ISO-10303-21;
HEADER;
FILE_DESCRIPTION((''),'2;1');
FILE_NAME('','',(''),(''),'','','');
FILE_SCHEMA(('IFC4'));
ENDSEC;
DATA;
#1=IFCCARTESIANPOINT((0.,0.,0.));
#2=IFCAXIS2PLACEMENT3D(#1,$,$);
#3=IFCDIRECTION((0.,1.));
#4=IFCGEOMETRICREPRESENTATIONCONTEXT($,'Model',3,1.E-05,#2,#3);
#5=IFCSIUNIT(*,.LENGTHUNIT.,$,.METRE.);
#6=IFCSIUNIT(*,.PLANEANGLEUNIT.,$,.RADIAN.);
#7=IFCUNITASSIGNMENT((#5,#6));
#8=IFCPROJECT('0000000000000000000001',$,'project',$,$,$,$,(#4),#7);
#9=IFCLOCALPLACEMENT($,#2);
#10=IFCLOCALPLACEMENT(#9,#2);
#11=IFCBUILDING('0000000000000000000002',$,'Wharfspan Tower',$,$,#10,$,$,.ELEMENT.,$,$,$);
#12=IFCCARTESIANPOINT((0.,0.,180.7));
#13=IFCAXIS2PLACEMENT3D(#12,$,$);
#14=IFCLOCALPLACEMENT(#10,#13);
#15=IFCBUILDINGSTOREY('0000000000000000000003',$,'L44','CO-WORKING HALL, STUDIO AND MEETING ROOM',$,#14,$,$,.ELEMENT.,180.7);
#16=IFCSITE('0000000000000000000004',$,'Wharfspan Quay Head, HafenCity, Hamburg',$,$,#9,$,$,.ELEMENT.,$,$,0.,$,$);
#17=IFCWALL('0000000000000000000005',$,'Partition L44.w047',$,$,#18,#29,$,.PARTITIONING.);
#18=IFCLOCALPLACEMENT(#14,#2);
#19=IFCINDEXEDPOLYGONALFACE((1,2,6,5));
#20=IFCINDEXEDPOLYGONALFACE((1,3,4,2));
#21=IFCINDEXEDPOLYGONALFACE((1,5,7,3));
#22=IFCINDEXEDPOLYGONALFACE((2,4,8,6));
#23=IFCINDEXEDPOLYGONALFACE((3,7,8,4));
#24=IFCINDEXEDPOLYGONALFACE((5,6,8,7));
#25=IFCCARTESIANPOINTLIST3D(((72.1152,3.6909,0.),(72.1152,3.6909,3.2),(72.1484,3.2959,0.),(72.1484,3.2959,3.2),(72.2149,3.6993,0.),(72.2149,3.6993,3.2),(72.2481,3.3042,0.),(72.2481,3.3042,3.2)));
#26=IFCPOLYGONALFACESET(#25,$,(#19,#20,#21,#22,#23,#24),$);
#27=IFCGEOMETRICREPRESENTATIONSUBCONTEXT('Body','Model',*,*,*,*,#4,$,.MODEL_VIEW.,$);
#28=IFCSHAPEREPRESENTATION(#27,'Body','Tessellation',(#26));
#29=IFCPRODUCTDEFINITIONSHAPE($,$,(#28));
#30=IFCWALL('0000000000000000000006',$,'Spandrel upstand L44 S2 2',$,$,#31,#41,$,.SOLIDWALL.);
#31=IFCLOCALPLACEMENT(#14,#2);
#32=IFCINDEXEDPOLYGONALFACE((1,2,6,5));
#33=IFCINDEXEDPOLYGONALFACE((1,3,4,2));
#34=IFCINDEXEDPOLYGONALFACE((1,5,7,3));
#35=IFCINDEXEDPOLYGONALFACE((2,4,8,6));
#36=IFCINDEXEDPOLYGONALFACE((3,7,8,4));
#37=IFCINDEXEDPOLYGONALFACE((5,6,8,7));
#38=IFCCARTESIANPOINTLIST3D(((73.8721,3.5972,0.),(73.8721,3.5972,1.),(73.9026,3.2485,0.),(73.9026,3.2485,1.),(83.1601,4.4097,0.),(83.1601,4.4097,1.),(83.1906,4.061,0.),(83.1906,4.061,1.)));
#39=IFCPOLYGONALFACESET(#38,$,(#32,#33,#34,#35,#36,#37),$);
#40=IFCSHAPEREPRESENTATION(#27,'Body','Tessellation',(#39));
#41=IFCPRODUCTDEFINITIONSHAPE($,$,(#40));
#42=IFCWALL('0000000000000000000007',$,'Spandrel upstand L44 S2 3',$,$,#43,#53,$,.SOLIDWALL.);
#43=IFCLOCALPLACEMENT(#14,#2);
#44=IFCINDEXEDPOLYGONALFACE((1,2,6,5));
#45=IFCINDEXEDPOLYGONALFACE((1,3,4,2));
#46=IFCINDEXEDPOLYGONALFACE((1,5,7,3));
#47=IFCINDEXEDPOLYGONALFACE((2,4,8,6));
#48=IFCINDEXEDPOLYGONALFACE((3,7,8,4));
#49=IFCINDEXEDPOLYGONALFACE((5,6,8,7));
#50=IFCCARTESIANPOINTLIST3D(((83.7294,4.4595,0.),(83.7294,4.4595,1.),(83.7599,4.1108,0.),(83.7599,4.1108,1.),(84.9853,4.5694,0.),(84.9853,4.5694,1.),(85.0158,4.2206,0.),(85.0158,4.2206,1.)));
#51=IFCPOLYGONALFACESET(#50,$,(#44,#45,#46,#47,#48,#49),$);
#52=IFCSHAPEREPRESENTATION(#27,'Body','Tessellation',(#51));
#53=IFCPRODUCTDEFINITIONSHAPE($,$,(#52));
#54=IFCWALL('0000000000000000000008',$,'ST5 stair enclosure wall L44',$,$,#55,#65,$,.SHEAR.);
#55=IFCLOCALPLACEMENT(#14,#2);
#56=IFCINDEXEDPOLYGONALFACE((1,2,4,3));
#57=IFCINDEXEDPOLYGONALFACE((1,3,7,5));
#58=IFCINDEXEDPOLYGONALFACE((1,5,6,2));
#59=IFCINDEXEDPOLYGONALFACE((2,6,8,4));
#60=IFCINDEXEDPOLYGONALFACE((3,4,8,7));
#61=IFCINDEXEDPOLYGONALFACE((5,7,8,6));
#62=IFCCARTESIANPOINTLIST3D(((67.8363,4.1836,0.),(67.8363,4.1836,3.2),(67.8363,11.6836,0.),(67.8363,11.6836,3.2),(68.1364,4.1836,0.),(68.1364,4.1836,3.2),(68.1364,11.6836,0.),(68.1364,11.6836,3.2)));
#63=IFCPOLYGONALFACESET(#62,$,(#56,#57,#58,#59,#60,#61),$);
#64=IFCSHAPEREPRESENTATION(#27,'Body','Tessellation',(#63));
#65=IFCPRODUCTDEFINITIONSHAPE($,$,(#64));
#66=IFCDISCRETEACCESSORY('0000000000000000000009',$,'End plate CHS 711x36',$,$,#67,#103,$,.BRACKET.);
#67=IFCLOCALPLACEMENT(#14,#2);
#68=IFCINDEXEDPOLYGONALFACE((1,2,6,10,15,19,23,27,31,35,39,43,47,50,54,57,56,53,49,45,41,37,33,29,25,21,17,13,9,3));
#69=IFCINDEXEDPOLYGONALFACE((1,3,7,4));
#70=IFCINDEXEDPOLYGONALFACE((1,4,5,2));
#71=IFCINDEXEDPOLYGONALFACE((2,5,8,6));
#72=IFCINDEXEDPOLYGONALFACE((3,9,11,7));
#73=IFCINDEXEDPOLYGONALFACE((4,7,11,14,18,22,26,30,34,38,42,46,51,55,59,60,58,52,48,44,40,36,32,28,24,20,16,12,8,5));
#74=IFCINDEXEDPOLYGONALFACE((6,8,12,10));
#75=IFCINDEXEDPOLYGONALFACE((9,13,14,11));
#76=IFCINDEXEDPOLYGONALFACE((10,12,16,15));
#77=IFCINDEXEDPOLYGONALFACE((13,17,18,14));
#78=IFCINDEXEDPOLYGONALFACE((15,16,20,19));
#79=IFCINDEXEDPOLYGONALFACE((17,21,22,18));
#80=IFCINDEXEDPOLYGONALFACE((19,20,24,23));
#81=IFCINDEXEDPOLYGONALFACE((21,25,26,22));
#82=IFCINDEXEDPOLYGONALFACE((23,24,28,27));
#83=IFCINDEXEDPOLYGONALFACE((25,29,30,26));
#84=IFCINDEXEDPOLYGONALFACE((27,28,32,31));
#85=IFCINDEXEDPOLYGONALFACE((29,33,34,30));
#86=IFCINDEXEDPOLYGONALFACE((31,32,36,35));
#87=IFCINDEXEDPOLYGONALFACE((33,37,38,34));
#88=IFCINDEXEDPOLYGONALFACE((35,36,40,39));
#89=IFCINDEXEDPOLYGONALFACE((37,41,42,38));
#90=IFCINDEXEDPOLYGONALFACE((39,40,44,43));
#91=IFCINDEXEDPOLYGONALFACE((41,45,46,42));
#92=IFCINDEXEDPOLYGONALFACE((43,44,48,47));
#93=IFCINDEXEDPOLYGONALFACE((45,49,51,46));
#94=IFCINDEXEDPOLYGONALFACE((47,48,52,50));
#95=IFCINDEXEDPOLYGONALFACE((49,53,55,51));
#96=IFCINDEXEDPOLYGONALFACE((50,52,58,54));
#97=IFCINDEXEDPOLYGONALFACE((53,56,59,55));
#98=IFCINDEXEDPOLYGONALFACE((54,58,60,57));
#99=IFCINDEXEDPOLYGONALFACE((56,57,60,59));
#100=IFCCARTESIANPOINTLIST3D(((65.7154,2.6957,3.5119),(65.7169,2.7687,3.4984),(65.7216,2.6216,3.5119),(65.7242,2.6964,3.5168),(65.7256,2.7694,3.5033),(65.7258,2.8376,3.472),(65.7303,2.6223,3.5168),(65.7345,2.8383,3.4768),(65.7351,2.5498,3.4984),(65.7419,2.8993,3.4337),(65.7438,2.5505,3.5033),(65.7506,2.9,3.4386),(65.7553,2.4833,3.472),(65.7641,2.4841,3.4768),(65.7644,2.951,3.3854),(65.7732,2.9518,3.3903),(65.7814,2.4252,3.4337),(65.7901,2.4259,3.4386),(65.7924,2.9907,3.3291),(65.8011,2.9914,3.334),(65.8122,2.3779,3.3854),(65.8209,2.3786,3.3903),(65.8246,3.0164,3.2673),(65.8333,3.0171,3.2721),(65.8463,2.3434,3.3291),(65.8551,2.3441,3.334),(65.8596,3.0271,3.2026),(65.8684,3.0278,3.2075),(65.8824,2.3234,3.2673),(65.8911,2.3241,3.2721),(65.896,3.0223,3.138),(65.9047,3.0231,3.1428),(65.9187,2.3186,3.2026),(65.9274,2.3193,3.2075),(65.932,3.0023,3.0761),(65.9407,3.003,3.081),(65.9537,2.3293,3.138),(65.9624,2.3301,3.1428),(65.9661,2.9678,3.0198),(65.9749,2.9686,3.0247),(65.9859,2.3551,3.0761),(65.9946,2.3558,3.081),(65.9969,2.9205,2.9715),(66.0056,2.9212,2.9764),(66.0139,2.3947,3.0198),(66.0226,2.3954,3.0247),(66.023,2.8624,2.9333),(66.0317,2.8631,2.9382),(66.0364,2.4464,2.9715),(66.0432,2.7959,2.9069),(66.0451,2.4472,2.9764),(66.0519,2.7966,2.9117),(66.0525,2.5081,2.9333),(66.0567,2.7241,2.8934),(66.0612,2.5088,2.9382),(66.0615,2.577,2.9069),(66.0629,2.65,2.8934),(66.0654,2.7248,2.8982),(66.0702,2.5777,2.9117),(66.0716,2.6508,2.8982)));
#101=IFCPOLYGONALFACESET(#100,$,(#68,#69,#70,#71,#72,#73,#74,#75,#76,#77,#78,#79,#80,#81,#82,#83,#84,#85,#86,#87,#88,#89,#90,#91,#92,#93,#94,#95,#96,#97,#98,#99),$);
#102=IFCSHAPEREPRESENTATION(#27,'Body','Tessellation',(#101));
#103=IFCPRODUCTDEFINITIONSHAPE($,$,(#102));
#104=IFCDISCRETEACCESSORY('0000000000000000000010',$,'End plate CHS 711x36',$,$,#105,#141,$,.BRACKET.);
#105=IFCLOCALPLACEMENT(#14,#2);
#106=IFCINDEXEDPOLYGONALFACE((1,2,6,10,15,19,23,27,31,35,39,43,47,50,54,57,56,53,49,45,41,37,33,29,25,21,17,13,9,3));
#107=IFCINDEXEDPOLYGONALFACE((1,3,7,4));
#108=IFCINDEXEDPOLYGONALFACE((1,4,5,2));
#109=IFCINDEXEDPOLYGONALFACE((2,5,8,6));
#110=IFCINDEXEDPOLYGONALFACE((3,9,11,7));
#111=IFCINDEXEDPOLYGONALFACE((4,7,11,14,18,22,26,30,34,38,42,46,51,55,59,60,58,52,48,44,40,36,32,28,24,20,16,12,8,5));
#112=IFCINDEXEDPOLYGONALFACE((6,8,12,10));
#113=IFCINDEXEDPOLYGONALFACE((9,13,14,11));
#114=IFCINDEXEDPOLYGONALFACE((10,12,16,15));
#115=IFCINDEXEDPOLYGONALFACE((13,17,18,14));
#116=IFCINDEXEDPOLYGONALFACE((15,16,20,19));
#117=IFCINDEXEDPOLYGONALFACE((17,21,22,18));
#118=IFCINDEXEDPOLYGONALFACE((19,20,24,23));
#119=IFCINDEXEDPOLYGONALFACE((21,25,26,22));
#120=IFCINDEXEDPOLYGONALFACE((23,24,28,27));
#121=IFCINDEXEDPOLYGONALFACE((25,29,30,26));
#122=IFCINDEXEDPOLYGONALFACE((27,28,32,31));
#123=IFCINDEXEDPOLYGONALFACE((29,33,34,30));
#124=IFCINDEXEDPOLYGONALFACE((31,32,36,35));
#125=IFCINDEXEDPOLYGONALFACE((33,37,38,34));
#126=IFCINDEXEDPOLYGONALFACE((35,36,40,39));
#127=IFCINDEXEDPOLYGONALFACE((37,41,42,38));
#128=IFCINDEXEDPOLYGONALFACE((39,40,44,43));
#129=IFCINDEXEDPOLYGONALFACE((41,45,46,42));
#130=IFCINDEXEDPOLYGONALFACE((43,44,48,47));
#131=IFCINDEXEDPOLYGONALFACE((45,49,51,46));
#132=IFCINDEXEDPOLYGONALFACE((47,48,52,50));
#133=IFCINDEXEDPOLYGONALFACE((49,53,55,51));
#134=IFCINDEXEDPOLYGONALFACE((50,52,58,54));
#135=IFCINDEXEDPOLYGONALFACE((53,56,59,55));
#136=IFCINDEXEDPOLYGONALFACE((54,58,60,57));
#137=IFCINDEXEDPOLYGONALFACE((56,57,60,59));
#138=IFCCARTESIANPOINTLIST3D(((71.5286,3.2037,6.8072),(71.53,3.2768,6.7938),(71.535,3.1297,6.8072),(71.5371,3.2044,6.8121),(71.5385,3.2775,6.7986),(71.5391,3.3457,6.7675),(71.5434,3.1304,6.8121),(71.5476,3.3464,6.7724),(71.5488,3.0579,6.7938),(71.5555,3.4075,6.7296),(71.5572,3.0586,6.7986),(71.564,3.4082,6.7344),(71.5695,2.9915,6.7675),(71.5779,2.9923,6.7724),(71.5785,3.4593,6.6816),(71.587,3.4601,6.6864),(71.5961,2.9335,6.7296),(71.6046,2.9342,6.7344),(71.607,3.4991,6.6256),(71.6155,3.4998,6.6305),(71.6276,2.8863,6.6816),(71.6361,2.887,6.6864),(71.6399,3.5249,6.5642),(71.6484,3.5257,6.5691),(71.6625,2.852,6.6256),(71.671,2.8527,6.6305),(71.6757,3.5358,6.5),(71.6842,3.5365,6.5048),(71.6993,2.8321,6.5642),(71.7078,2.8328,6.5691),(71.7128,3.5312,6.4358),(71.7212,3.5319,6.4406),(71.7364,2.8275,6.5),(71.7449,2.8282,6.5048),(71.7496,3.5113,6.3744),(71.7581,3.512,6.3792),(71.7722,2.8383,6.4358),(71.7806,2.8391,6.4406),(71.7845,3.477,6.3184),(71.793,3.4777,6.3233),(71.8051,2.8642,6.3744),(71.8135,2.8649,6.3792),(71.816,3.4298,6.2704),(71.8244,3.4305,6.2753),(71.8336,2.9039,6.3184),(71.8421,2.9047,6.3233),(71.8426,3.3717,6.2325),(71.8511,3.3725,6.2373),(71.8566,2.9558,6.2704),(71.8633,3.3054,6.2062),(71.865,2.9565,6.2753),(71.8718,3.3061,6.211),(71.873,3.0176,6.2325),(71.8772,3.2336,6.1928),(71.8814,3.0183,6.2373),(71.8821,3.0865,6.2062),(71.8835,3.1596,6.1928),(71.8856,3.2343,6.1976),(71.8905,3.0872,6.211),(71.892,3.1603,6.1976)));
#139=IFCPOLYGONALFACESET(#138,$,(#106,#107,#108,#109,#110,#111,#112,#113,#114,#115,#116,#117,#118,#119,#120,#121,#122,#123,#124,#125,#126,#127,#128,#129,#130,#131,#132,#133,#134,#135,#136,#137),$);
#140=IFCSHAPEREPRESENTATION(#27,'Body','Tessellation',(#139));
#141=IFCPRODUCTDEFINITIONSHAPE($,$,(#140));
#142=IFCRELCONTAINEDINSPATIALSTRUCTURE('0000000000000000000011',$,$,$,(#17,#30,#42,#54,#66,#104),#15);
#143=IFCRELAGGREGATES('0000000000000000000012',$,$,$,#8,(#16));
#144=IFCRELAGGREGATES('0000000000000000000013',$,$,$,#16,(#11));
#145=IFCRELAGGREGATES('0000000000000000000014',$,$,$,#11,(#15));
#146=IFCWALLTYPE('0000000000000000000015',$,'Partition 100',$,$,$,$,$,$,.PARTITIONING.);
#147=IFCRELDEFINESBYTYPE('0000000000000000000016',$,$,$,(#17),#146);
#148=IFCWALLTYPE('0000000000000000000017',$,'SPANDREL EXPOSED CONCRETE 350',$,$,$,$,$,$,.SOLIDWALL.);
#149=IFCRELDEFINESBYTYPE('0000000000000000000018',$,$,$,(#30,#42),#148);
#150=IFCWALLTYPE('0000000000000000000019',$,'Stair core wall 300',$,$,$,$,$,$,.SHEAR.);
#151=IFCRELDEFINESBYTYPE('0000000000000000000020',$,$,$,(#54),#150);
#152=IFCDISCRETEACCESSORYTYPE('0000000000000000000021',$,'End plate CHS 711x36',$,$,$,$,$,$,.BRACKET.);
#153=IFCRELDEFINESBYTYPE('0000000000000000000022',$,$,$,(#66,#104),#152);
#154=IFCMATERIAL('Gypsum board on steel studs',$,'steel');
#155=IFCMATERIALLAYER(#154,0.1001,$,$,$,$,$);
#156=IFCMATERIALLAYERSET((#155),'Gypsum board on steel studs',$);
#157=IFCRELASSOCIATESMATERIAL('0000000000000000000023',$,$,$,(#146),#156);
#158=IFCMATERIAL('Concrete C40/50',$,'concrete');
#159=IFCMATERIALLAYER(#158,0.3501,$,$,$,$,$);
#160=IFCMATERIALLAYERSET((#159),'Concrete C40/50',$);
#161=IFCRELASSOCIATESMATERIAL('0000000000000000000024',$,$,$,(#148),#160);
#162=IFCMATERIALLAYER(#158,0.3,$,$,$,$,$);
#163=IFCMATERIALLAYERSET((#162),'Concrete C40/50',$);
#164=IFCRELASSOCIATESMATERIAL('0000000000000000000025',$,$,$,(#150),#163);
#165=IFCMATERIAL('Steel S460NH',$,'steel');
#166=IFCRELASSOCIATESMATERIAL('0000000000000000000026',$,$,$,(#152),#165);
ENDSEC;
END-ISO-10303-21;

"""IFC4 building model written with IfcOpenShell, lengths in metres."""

from ifc_helpers import new_model, si_unit, direction, frame, frame_2d, origin, origin_2d, place, context, subcontext, project, spatial, rectangle, circle, extrude, material, layer, layer_set, material_profile, profile_set, type_object, element, save


model = new_model("IFC4")

# Units and contexts
model_context = context("Model", 3, precision=1e-05, world=origin(), true_north=direction((0.0, 1.0)))
body_context = subcontext(model_context, "Body", "Model", "MODEL_VIEW")
ifc_project = project(units=[si_unit("LENGTHUNIT", "METRE"), si_unit("PLANEANGLEUNIT", "RADIAN")], contexts=[model_context])

# Site, building, storey
site_placement = place(None, origin())
site = spatial("IfcSite", under=ifc_project, at=site_placement, Name="Wharfspan Quay Head, HafenCity, Hamburg", CompositionType="ELEMENT", RefElevation=0.0)
building_placement = place(site_placement, origin())
building = spatial("IfcBuilding", under=site, at=building_placement, Name="Wharfspan Tower", CompositionType="ELEMENT")
storey_placement = place(building_placement, frame((0.0, 0.0, 180.7)))
storey = spatial("IfcBuildingStorey", under=building, at=storey_placement, Name="L44", Description="CO-WORKING HALL, STUDIO AND MEETING ROOM", CompositionType="ELEMENT", Elevation=180.7)

# Shared definitions
ifc_material_1 = material(Name="Steel S460NH", Category="steel")

# Walls
ifc_material_2 = material(Name="Gypsum board on steel studs", Category="steel")
ifc_layer_1 = layer(ifc_material_2, 0.1001)
ifc_layer_set_1 = layer_set([ifc_layer_1], Name="Gypsum board on steel studs")
wall_type_1 = type_object("IfcWallType", Name="Partition 100", PredefinedType="PARTITIONING", material=ifc_layer_set_1)
wall_1_placement = place(storey_placement, frame((72.1982, 3.3, 0.0), z_axis=(0.0, 0.0, 1.0), x_axis=(-0.083759, 0.996486, 0.0)))
element("IfcWall", 1, at=wall_1_placement, inside=storey, type_object=wall_type_1, Name="Partition L44.w047", PredefinedType="PARTITIONING", context=body_context, shape_type="SweptSolid", body=[
    extrude(rectangle(XDim=0.3965, YDim=0.1001, at=frame_2d((0.1982, 0.0))), origin(), (0.0, 0.0, 1.0), 3.2),
])
ifc_material_3 = material(Name="Concrete C40/50", Category="concrete")
ifc_layer_2 = layer(ifc_material_3, 0.3501)
ifc_layer_set_2 = layer_set([ifc_layer_2], Name="Concrete C40/50")
wall_type_2 = type_object("IfcWallType", Name="SPANDREL EXPOSED CONCRETE 350", PredefinedType="SOLIDWALL", material=ifc_layer_set_2)
wall_2_placement = place(storey_placement, frame((73.8875, 3.4229, 0.0), z_axis=(0.0, 0.0, 1.0), x_axis=(0.996197, 0.087145, 0.0)))
element("IfcWall", 2, at=wall_2_placement, inside=storey, type_object=wall_type_2, Name="Spandrel upstand L44 S2 2", PredefinedType="SOLIDWALL", context=body_context, shape_type="SweptSolid", body=[
    extrude(rectangle(XDim=9.3235, YDim=0.3501, at=frame_2d((4.6616, 0.0))), origin(), (0.0, 0.0, 1.0), 1.0),
])
wall_3_placement = place(storey_placement, frame((83.7446, 4.2852, 0.0), z_axis=(0.0, 0.0, 1.0), x_axis=(0.996198, 0.087148, 0.0)))
element("IfcWall", 3, at=wall_3_placement, inside=storey, type_object=wall_type_2, Name="Spandrel upstand L44 S2 3", PredefinedType="SOLIDWALL", context=body_context, shape_type="SweptSolid", body=[
    extrude(rectangle(XDim=1.2607, YDim=0.3501, at=frame_2d((0.6304, 0.0))), origin(), (0.0, 0.0, 1.0), 1.0),
])
ifc_layer_3 = layer(ifc_material_3, 0.3)
ifc_layer_set_3 = layer_set([ifc_layer_3], Name="Concrete C40/50")
wall_type_3 = type_object("IfcWallType", Name="Stair core wall 300", PredefinedType="SHEAR", material=ifc_layer_set_3)
wall_4_placement = place(storey_placement, frame((67.9863, 4.1836, 0.0), z_axis=(0.0, 0.0, 1.0), x_axis=(0.0, 1.0, 0.0)))
element("IfcWall", 4, at=wall_4_placement, inside=storey, type_object=wall_type_3, Name="ST5 stair enclosure wall L44", PredefinedType="SHEAR", context=body_context, shape_type="SweptSolid", body=[
    extrude(rectangle(XDim=7.5, YDim=0.3, at=frame_2d((3.75, 0.0))), origin(), (0.0, 0.0, 1.0), 3.2),
])

# Discrete accessories
ifc_material_profile_1 = material_profile(ifc_material_1, circle(Radius=0.3555, at=origin_2d()))
ifc_profile_set_1 = profile_set([ifc_material_profile_1], Name="Steel S460NH")
discrete_accessory_type = type_object("IfcDiscreteAccessoryType", Name="End plate CHS 711x36", PredefinedType="BRACKET", material=ifc_profile_set_1)
discrete_accessory_1_placement = place(storey_placement, frame((65.8892, 2.6729, 3.2026), z_axis=(0.871847, 0.072654, 0.484359), x_axis=(-0.083044, 0.996547, -0.000003)))
element("IfcDiscreteAccessory", 5, at=discrete_accessory_1_placement, inside=storey, type_object=discrete_accessory_type, Name="End plate CHS 711x36", PredefinedType="BRACKET", context=body_context, shape_type="SweptSolid", body=[
    extrude(circle(Radius=0.3555, at=origin_2d()), origin(), (0.0, 0.0, 1.0), 0.01),
])
discrete_accessory_2_placement = place(storey_placement, frame((71.7061, 3.1816, 6.5), z_axis=(0.865849, 0.074216, 0.494771), x_axis=(-0.085402, 0.996345, 0.000001)))
element("IfcDiscreteAccessory", 6, at=discrete_accessory_2_placement, inside=storey, type_object=discrete_accessory_type, Name="End plate CHS 711x36", PredefinedType="BRACKET", context=body_context, shape_type="SweptSolid", body=[
    extrude(circle(Radius=0.3555, at=origin_2d()), origin(), (0.0, 0.0, 1.0), 0.0098),
])

save(model, "model.ifc")
